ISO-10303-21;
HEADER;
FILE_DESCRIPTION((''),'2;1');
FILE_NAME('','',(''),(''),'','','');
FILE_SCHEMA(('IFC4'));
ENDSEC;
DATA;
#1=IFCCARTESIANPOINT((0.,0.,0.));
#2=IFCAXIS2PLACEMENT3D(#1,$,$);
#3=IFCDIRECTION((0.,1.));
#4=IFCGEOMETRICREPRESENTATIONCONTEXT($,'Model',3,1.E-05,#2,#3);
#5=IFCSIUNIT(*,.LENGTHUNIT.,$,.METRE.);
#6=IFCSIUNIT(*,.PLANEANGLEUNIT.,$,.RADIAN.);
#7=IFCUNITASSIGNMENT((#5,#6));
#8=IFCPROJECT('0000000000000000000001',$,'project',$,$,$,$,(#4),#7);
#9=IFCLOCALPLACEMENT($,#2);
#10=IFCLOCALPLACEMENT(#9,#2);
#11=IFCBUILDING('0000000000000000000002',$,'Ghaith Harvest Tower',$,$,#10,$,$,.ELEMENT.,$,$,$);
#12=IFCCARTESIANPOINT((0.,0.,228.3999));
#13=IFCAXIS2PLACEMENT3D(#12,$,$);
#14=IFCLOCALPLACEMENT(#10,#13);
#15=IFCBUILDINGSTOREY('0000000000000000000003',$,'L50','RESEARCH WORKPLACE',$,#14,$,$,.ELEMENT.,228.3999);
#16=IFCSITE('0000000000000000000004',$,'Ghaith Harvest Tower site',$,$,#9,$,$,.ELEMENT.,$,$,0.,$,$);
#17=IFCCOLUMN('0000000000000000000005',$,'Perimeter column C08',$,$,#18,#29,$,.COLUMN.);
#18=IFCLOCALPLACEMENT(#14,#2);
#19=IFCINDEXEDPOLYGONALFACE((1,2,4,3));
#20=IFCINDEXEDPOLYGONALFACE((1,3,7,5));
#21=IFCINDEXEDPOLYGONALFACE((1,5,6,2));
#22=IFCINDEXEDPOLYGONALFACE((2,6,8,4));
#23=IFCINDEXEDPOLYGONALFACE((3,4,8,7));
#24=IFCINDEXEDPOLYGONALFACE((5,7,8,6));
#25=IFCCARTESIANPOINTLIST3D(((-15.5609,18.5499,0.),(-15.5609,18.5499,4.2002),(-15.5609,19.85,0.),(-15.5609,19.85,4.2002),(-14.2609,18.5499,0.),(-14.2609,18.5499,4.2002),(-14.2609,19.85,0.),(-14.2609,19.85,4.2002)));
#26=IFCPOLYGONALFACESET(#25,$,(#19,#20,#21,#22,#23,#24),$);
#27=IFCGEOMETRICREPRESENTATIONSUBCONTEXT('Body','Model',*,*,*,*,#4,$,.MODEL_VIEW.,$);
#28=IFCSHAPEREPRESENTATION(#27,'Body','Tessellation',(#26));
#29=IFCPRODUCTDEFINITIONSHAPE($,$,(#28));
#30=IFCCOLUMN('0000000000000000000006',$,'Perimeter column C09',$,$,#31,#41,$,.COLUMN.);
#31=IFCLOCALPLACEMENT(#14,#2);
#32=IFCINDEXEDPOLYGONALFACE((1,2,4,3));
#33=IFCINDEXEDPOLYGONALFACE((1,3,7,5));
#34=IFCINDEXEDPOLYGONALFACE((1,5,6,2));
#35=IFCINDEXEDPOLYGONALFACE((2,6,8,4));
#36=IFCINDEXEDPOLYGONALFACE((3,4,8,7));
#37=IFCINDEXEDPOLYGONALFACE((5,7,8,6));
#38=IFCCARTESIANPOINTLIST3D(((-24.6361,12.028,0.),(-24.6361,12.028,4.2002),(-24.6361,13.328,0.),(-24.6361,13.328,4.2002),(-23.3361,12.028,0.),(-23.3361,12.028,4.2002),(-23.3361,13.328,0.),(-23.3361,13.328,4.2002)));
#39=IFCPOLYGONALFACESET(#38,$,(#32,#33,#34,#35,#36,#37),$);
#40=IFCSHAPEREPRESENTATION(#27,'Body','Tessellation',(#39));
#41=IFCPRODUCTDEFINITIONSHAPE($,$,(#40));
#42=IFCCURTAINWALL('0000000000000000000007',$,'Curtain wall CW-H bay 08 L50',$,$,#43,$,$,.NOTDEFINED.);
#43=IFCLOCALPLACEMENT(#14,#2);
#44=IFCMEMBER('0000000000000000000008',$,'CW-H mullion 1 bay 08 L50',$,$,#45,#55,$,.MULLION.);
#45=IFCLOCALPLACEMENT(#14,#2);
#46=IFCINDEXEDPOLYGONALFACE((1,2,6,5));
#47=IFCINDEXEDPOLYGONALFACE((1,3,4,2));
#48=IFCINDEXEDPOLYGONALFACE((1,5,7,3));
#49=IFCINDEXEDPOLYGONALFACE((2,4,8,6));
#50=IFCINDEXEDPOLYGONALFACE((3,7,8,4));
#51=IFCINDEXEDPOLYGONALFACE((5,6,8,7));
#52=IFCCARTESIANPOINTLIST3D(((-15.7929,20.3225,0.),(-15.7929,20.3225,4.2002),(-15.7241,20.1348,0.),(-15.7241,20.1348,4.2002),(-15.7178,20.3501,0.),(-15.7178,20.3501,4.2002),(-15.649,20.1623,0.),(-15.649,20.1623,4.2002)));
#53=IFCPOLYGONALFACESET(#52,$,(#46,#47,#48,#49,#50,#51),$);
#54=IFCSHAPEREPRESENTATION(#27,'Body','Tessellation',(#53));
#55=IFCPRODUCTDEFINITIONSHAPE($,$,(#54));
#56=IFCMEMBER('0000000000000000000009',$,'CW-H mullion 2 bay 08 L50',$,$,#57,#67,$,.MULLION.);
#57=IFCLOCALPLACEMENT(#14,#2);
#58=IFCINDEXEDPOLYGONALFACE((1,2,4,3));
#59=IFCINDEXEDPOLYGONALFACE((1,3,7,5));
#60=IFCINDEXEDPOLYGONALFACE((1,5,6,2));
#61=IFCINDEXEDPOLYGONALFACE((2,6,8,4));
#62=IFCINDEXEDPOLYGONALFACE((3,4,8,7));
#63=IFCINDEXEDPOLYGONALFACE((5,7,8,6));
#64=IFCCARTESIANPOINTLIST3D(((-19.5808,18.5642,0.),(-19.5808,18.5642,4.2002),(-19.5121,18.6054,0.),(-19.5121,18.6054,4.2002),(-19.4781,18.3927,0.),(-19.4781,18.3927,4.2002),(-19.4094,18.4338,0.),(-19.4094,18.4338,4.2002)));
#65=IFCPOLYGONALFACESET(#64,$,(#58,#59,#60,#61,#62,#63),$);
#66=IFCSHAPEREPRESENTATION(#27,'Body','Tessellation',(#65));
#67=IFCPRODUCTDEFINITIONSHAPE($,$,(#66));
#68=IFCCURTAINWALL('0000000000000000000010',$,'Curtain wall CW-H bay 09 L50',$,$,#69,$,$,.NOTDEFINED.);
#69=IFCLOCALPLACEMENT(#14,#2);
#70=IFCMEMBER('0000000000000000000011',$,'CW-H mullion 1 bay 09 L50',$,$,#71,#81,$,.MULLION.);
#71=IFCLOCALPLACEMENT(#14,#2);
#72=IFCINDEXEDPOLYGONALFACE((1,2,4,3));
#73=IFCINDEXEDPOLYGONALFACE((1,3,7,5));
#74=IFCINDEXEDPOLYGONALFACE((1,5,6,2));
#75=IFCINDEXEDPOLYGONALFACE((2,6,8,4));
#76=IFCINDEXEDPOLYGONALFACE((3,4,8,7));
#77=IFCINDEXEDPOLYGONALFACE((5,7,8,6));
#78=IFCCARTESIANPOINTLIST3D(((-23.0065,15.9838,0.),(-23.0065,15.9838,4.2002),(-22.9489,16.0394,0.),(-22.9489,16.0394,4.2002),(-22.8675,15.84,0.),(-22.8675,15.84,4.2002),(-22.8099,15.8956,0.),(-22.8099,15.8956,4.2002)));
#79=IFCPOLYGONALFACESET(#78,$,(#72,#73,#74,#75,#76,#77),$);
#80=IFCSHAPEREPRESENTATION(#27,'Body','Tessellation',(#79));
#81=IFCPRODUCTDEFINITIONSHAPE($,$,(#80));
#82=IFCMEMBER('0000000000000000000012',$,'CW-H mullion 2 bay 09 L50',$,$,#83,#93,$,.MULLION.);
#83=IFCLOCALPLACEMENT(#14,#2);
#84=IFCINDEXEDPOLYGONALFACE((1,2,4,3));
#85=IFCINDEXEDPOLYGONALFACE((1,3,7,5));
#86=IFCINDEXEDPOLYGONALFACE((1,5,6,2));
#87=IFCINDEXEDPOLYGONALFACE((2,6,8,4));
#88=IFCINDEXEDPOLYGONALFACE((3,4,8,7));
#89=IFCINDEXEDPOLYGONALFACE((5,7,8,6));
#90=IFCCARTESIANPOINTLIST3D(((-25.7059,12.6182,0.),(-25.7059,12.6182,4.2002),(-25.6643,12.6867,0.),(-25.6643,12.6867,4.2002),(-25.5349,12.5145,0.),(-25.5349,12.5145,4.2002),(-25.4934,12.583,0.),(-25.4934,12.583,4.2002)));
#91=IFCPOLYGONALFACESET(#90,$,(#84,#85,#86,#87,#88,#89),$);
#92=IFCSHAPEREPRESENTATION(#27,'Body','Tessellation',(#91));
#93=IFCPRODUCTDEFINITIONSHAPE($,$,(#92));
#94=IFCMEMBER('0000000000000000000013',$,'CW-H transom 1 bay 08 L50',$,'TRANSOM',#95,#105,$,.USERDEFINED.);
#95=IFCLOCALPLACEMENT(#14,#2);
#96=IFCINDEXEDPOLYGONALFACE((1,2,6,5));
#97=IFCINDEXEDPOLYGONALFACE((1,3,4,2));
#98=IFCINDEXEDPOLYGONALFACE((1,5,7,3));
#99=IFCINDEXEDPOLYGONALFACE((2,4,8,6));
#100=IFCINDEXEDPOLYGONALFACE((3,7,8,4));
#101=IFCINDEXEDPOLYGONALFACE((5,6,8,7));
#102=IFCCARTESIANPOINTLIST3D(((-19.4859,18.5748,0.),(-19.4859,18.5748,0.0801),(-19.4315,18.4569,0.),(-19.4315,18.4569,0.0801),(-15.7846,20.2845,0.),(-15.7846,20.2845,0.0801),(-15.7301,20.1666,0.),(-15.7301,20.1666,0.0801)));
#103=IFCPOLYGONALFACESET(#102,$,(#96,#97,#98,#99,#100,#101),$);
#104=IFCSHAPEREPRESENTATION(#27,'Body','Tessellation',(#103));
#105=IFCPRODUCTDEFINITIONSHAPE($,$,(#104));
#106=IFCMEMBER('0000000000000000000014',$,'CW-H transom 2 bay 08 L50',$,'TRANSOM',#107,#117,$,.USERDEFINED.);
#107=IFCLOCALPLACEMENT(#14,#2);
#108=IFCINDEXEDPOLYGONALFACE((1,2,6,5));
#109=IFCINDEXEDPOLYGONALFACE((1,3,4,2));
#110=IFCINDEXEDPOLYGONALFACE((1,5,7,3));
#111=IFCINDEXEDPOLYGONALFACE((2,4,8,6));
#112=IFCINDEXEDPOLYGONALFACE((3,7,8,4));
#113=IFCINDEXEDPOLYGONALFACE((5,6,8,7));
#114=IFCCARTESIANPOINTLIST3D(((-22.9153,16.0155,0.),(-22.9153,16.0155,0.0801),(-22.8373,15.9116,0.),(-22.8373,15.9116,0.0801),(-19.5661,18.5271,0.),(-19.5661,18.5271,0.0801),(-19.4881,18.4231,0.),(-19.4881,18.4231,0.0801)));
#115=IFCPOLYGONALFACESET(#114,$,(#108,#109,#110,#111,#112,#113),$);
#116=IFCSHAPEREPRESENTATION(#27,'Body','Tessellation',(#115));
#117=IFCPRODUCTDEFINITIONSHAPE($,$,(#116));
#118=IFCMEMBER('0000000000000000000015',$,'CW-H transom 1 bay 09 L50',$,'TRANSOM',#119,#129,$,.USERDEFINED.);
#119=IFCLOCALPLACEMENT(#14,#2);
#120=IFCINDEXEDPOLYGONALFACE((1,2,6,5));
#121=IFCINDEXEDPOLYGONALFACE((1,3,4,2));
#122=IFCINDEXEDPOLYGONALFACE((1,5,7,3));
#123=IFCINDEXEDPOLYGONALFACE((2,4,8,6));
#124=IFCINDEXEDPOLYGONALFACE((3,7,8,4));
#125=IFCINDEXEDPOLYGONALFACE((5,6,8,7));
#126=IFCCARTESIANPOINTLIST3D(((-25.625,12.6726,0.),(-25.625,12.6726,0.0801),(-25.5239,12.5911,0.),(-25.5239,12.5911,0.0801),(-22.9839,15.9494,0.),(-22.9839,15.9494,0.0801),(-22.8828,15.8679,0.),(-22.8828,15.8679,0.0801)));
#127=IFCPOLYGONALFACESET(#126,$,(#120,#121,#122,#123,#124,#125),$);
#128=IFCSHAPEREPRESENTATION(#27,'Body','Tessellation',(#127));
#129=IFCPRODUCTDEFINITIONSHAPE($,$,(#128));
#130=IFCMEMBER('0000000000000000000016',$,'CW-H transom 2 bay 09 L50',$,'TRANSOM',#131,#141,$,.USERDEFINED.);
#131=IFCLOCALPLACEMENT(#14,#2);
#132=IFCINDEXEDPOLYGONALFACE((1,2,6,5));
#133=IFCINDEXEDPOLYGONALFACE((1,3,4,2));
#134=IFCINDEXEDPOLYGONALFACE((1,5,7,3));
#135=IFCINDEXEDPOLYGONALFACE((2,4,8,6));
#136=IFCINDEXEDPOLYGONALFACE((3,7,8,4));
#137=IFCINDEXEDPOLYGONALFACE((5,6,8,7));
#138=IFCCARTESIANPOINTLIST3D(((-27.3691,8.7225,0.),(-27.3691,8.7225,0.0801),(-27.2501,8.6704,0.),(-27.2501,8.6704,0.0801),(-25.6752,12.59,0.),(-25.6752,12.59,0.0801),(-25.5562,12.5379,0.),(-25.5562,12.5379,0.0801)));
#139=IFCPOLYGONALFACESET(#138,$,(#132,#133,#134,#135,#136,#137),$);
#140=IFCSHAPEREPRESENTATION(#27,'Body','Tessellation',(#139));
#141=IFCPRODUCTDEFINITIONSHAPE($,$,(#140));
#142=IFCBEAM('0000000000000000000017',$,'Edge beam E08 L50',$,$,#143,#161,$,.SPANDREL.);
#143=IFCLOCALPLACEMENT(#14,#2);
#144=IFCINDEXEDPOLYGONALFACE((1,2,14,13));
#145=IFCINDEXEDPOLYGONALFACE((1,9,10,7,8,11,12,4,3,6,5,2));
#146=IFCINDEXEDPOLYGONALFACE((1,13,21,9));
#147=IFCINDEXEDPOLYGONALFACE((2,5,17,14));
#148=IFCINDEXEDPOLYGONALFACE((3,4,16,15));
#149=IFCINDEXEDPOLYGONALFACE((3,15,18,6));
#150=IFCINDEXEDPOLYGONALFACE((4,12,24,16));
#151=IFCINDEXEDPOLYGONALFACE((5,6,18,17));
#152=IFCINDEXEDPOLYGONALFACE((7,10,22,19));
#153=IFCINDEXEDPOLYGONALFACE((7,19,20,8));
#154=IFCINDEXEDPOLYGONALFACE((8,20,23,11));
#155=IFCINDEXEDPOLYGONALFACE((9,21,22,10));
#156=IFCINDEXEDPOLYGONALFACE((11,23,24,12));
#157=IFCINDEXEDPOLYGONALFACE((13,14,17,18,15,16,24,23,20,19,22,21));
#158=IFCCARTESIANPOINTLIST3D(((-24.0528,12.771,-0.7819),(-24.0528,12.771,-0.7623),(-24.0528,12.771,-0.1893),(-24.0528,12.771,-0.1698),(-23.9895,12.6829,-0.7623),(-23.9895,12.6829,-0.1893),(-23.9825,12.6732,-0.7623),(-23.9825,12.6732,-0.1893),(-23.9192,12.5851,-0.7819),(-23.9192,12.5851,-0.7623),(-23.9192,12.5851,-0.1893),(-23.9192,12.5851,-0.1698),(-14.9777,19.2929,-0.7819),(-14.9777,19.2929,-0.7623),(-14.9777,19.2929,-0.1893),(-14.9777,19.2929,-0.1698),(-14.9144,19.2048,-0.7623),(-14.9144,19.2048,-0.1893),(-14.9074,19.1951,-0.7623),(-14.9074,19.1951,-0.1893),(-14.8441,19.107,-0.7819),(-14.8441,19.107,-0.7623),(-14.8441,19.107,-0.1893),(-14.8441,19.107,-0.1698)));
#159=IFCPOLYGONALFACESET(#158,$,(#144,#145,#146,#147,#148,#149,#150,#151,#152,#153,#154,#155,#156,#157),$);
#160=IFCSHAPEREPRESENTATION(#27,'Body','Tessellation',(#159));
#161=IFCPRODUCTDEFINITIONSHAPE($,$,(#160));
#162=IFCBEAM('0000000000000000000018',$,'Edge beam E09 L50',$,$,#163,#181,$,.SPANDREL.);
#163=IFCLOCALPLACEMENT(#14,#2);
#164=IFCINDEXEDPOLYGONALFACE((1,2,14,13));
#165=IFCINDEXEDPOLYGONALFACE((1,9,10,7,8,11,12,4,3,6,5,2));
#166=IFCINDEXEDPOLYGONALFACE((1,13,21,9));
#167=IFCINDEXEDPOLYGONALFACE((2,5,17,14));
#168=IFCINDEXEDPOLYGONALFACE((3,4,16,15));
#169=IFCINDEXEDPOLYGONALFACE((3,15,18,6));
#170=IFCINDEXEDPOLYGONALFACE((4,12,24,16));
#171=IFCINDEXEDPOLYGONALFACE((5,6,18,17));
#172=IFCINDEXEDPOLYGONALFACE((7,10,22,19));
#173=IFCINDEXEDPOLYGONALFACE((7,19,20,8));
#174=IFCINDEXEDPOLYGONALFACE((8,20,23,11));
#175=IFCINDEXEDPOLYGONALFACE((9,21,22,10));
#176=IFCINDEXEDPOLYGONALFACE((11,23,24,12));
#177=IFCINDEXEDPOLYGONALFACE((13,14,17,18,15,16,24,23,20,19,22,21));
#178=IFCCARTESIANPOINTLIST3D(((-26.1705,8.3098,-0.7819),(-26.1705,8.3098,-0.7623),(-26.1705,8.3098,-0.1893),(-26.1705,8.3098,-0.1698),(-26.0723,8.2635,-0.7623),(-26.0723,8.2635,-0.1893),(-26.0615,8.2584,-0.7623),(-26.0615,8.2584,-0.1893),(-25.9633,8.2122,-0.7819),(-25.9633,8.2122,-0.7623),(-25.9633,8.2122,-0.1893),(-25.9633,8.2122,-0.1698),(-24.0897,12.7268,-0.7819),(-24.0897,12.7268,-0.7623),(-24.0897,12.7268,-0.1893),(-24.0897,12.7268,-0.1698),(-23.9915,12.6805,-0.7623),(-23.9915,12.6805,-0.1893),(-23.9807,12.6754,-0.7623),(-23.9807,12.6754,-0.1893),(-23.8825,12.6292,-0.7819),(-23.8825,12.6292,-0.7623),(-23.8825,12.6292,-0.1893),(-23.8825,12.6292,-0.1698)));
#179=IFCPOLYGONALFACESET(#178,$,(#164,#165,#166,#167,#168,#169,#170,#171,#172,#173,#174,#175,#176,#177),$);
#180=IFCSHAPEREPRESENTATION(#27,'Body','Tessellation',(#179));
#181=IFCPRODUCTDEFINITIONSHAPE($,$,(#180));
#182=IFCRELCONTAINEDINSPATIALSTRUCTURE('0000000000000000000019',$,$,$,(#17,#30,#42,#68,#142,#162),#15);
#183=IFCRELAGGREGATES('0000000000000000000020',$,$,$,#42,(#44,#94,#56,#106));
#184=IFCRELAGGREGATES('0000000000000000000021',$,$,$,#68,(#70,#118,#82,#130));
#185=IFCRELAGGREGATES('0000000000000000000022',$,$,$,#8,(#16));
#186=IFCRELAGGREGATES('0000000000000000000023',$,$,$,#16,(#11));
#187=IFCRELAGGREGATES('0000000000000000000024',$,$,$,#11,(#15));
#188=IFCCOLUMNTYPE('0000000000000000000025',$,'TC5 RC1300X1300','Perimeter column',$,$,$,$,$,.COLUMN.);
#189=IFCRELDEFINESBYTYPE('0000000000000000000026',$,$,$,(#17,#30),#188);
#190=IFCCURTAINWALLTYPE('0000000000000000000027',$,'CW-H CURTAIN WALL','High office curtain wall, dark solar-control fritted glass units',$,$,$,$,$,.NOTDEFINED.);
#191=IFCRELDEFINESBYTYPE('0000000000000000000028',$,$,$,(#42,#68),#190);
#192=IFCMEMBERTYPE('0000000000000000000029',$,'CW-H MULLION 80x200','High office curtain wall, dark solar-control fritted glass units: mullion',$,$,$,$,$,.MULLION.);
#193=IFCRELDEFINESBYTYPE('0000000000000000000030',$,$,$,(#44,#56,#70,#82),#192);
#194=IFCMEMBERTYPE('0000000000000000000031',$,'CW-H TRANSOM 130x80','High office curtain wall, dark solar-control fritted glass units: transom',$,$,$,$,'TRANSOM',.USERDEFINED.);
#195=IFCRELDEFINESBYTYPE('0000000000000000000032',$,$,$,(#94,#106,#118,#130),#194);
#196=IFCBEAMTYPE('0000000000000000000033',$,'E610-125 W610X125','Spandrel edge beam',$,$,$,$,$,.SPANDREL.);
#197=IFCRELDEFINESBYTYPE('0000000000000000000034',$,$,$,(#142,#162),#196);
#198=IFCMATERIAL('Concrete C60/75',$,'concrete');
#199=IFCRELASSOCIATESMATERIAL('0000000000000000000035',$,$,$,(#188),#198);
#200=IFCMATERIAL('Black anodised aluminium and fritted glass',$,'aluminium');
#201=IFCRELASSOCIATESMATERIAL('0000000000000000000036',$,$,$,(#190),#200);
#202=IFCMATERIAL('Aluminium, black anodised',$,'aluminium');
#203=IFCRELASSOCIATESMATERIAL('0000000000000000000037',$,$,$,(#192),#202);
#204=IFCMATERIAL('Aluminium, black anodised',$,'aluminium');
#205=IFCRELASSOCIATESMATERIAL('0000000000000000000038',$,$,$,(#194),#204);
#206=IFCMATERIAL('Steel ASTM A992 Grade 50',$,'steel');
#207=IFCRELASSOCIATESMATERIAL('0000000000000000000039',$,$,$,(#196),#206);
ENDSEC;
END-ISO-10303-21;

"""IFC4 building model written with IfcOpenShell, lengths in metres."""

from ifc_helpers import new_model, si_unit, direction, frame, origin, origin_2d, place, context, subcontext, project, spatial, rectangle, i_section, extrude, material, material_profile, profile_set, type_object, element, aggregate, save


model = new_model("IFC4")

# Units and contexts
model_context = context("Model", 3, precision=1e-05, world=origin(), true_north=direction((0.0, 1.0)))
body_context = subcontext(model_context, "Body", "Model", "MODEL_VIEW")
ifc_project = project(units=[si_unit("LENGTHUNIT", "METRE"), si_unit("PLANEANGLEUNIT", "RADIAN")], contexts=[model_context])

# Site, building, storey
site_placement = place(None, origin())
site = spatial("IfcSite", under=ifc_project, at=site_placement, Name="Ghaith Harvest Tower site", CompositionType="ELEMENT", RefElevation=0.0)
building_placement = place(site_placement, origin())
building = spatial("IfcBuilding", under=site, at=building_placement, Name="Ghaith Harvest Tower", CompositionType="ELEMENT")
storey_placement = place(building_placement, frame((0.0, 0.0, 228.3999)))
storey = spatial("IfcBuildingStorey", under=building, at=storey_placement, Name="L50", Description="RESEARCH WORKPLACE", CompositionType="ELEMENT", Elevation=228.3999)

# Columns
ifc_material_1 = material(Name="Concrete C60/75", Category="concrete")
ifc_material_profile_1 = material_profile(ifc_material_1, rectangle(XDim=1.3, YDim=1.3, at=origin_2d()), Name="RC1300X1300")
ifc_profile_set_1 = profile_set([ifc_material_profile_1], Name="Concrete C60/75")
column_type = type_object("IfcColumnType", Name="TC5 RC1300X1300", Description="Perimeter column", PredefinedType="COLUMN", material=ifc_profile_set_1)
for number, where, z_axis, x_axis, name in (
    (1, (-14.9109, 19.2, 0.0), (0.0, 0.0, 1.0), (1.0, 0.0, 0.0), "Perimeter column C08"),
    (2, (-23.9861, 12.678, 0.0), (0.0, 0.0, 1.0), (1.0, 0.0, 0.0), "Perimeter column C09"),
):
    element("IfcColumn", number, at=place(storey_placement, frame(where, z_axis=z_axis, x_axis=x_axis)), inside=storey, type_object=column_type, Name=name, PredefinedType="COLUMN", context=body_context, shape_type="SweptSolid", body=[
        extrude(rectangle(XDim=1.3, YDim=1.3, at=origin_2d()), origin(), (0.0, 0.0, 1.0), 4.2002),
    ])

# Curtain walls, members
ifc_material_2 = material(Name="Black anodised aluminium and fritted glass", Category="aluminium")
curtain_wall_type = type_object("IfcCurtainWallType", Name="CW-H CURTAIN WALL", Description="High office curtain wall, dark solar-control fritted glass units", PredefinedType="NOTDEFINED", material=ifc_material_2)
curtain_wall_1_placement = place(storey_placement, origin())
curtain_wall_1 = element("IfcCurtainWall", 3, at=curtain_wall_1_placement, inside=storey, type_object=curtain_wall_type, Name="Curtain wall CW-H bay 08 L50", PredefinedType="NOTDEFINED")
ifc_material_3 = material(Name="Aluminium, black anodised", Category="aluminium")
ifc_material_profile_2 = material_profile(ifc_material_3, rectangle(XDim=0.0801, YDim=0.2, at=origin_2d()), Name="CW-H MULLION 80x200")
ifc_profile_set_2 = profile_set([ifc_material_profile_2], Name="Aluminium, black anodised")
member_type_1 = type_object("IfcMemberType", Name="CW-H MULLION 80x200", Description="High office curtain wall, dark solar-control fritted glass units: mullion", PredefinedType="MULLION", material=ifc_profile_set_2)
member_1_placement = place(storey_placement, frame((-15.7209, 20.2424, 0.0), z_axis=(0.0, 0.0, 1.0), x_axis=(-0.938931, -0.344106, 0.0)))
member_1 = element("IfcMember", 4, at=member_1_placement, type_object=member_type_1, Name="CW-H mullion 1 bay 08 L50", PredefinedType="MULLION", context=body_context, shape_type="SweptSolid", body=[
    extrude(rectangle(XDim=0.0801, YDim=0.2, at=origin_2d()), origin(), (0.0, 0.0, 1.0), 4.2002),
])
member_2_placement = place(storey_placement, frame((-19.4951, 18.499, 0.0), z_axis=(0.0, 0.0, 1.0), x_axis=(-0.857999, -0.513652, 0.0)))
member_2 = element("IfcMember", 5, at=member_2_placement, type_object=member_type_1, Name="CW-H mullion 2 bay 08 L50", PredefinedType="MULLION", context=body_context, shape_type="SweptSolid", body=[
    extrude(rectangle(XDim=0.0801, YDim=0.2, at=origin_2d()), origin(), (0.0, 0.0, 1.0), 4.2002),
])
curtain_wall_2_placement = place(storey_placement, origin())
curtain_wall_2 = element("IfcCurtainWall", 6, at=curtain_wall_2_placement, inside=storey, type_object=curtain_wall_type, Name="Curtain wall CW-H bay 09 L50", PredefinedType="NOTDEFINED")
member_3_placement = place(storey_placement, frame((-22.9082, 15.9397, 0.0), z_axis=(0.0, 0.0, 1.0), x_axis=(-0.719146, -0.694859, 0.0)))
member_3 = element("IfcMember", 7, at=member_3_placement, type_object=member_type_1, Name="CW-H mullion 1 bay 09 L50", PredefinedType="MULLION", context=body_context, shape_type="SweptSolid", body=[
    extrude(rectangle(XDim=0.0801, YDim=0.2, at=origin_2d()), origin(), (0.0, 0.0, 1.0), 4.2002),
])
member_4_placement = place(storey_placement, frame((-25.5996, 12.6006, 0.0), z_axis=(0.0, 0.0, 1.0), x_axis=(-0.518769, -0.854914, 0.0)))
member_4 = element("IfcMember", 8, at=member_4_placement, type_object=member_type_1, Name="CW-H mullion 2 bay 09 L50", PredefinedType="MULLION", context=body_context, shape_type="SweptSolid", body=[
    extrude(rectangle(XDim=0.0801, YDim=0.2, at=origin_2d()), origin(), (0.0, 0.0, 1.0), 4.2002),
])

# Members
ifc_material_4 = material(Name="Aluminium, black anodised", Category="aluminium")
ifc_material_profile_3 = material_profile(ifc_material_4, rectangle(XDim=0.1299, YDim=0.0801, at=origin_2d()), Name="CW-H TRANSOM 130x80")
ifc_profile_set_3 = profile_set([ifc_material_profile_3], Name="Aluminium, black anodised")
member_type_2 = type_object("IfcMemberType", Name="CW-H TRANSOM 130x80", Description="High office curtain wall, dark solar-control fritted glass units: transom", ElementType="TRANSOM", PredefinedType="USERDEFINED", material=ifc_profile_set_3)
member_5_placement = place(storey_placement, frame((-15.7573, 20.2256, 0.04), z_axis=(-0.907831, -0.419335, 0.0), x_axis=(0.419335, -0.907831, 0.0)))
member_5 = element("IfcMember", 9, at=member_5_placement, type_object=member_type_2, Name="CW-H transom 1 bay 08 L50", ObjectType="TRANSOM", PredefinedType="USERDEFINED", context=body_context, shape_type="SweptSolid", body=[
    extrude(rectangle(XDim=0.1299, YDim=0.0801, at=origin_2d()), origin(), (0.0, 0.0, 1.0), 4.0771),
])
member_6_placement = place(storey_placement, frame((-19.5271, 18.4751, 0.04), z_axis=(-0.800042, -0.599944, 0.0), x_axis=(0.599944, -0.800042, 0.0)))
member_6 = element("IfcMember", 10, at=member_6_placement, type_object=member_type_2, Name="CW-H transom 2 bay 08 L50", ObjectType="TRANSOM", PredefinedType="USERDEFINED", context=body_context, shape_type="SweptSolid", body=[
    extrude(rectangle(XDim=0.1299, YDim=0.0801, at=origin_2d()), origin(), (0.0, 0.0, 1.0), 4.1863),
])
member_7_placement = place(storey_placement, frame((-22.9333, 15.9087, 0.04), z_axis=(-0.627535, -0.778589, 0.0), x_axis=(0.778589, -0.627535, 0.0)))
member_7 = element("IfcMember", 11, at=member_7_placement, type_object=member_type_2, Name="CW-H transom 1 bay 09 L50", ObjectType="TRANSOM", PredefinedType="USERDEFINED", context=body_context, shape_type="SweptSolid", body=[
    extrude(rectangle(XDim=0.1299, YDim=0.0801, at=origin_2d()), origin(), (0.0, 0.0, 1.0), 4.2087),
])
member_8_placement = place(storey_placement, frame((-25.6157, 12.564, 0.04), z_axis=(-0.401186, -0.915997, 0.0), x_axis=(0.915997, -0.401186, 0.0)))
member_8 = element("IfcMember", 12, at=member_8_placement, type_object=member_type_2, Name="CW-H transom 2 bay 09 L50", ObjectType="TRANSOM", PredefinedType="USERDEFINED", context=body_context, shape_type="SweptSolid", body=[
    extrude(rectangle(XDim=0.1299, YDim=0.0801, at=origin_2d()), origin(), (0.0, 0.0, 1.0), 4.2222),
])

# Beams
ifc_material_5 = material(Name="Steel ASTM A992 Grade 50", Category="steel")
ifc_material_profile_4 = material_profile(ifc_material_5, i_section(OverallWidth=0.229, OverallDepth=0.6121, WebThickness=0.012, FlangeThickness=0.0195, at=origin_2d()), Name="W610X125")
ifc_profile_set_4 = profile_set([ifc_material_profile_4], Name="Steel ASTM A992 Grade 50")
beam_type = type_object("IfcBeamType", Name="E610-125 W610X125", Description="Spandrel edge beam", PredefinedType="SPANDREL", material=ifc_profile_set_4)
beam_1_placement = place(storey_placement, frame((-14.9109, 19.2, -0.4758), z_axis=(-0.81205, -0.583587, 0.0), x_axis=(0.583587, -0.81205, 0.0)))
element("IfcBeam", 13, at=beam_1_placement, inside=storey, type_object=beam_type, Name="Edge beam E08 L50", PredefinedType="SPANDREL", context=body_context, shape_type="SweptSolid", body=[
    extrude(i_section(OverallWidth=0.229, OverallDepth=0.6121, WebThickness=0.012, FlangeThickness=0.0195, at=origin_2d()), origin(), (0.0, 0.0, 1.0), 11.1755),
])
beam_2_placement = place(storey_placement, frame((-23.9861, 12.678, -0.4758), z_axis=(-0.42617, -0.904643, 0.0), x_axis=(0.904643, -0.42617, 0.0)))
element("IfcBeam", 14, at=beam_2_placement, inside=storey, type_object=beam_type, Name="Edge beam E09 L50", PredefinedType="SPANDREL", context=body_context, shape_type="SweptSolid", body=[
    extrude(i_section(OverallWidth=0.229, OverallDepth=0.6121, WebThickness=0.012, FlangeThickness=0.0195, at=origin_2d()), origin(), (0.0, 0.0, 1.0), 4.8826),
])

aggregate(curtain_wall_1, [member_1, member_5, member_2, member_6])
aggregate(curtain_wall_2, [member_3, member_7, member_4, member_8])

save(model, "model.ifc")
